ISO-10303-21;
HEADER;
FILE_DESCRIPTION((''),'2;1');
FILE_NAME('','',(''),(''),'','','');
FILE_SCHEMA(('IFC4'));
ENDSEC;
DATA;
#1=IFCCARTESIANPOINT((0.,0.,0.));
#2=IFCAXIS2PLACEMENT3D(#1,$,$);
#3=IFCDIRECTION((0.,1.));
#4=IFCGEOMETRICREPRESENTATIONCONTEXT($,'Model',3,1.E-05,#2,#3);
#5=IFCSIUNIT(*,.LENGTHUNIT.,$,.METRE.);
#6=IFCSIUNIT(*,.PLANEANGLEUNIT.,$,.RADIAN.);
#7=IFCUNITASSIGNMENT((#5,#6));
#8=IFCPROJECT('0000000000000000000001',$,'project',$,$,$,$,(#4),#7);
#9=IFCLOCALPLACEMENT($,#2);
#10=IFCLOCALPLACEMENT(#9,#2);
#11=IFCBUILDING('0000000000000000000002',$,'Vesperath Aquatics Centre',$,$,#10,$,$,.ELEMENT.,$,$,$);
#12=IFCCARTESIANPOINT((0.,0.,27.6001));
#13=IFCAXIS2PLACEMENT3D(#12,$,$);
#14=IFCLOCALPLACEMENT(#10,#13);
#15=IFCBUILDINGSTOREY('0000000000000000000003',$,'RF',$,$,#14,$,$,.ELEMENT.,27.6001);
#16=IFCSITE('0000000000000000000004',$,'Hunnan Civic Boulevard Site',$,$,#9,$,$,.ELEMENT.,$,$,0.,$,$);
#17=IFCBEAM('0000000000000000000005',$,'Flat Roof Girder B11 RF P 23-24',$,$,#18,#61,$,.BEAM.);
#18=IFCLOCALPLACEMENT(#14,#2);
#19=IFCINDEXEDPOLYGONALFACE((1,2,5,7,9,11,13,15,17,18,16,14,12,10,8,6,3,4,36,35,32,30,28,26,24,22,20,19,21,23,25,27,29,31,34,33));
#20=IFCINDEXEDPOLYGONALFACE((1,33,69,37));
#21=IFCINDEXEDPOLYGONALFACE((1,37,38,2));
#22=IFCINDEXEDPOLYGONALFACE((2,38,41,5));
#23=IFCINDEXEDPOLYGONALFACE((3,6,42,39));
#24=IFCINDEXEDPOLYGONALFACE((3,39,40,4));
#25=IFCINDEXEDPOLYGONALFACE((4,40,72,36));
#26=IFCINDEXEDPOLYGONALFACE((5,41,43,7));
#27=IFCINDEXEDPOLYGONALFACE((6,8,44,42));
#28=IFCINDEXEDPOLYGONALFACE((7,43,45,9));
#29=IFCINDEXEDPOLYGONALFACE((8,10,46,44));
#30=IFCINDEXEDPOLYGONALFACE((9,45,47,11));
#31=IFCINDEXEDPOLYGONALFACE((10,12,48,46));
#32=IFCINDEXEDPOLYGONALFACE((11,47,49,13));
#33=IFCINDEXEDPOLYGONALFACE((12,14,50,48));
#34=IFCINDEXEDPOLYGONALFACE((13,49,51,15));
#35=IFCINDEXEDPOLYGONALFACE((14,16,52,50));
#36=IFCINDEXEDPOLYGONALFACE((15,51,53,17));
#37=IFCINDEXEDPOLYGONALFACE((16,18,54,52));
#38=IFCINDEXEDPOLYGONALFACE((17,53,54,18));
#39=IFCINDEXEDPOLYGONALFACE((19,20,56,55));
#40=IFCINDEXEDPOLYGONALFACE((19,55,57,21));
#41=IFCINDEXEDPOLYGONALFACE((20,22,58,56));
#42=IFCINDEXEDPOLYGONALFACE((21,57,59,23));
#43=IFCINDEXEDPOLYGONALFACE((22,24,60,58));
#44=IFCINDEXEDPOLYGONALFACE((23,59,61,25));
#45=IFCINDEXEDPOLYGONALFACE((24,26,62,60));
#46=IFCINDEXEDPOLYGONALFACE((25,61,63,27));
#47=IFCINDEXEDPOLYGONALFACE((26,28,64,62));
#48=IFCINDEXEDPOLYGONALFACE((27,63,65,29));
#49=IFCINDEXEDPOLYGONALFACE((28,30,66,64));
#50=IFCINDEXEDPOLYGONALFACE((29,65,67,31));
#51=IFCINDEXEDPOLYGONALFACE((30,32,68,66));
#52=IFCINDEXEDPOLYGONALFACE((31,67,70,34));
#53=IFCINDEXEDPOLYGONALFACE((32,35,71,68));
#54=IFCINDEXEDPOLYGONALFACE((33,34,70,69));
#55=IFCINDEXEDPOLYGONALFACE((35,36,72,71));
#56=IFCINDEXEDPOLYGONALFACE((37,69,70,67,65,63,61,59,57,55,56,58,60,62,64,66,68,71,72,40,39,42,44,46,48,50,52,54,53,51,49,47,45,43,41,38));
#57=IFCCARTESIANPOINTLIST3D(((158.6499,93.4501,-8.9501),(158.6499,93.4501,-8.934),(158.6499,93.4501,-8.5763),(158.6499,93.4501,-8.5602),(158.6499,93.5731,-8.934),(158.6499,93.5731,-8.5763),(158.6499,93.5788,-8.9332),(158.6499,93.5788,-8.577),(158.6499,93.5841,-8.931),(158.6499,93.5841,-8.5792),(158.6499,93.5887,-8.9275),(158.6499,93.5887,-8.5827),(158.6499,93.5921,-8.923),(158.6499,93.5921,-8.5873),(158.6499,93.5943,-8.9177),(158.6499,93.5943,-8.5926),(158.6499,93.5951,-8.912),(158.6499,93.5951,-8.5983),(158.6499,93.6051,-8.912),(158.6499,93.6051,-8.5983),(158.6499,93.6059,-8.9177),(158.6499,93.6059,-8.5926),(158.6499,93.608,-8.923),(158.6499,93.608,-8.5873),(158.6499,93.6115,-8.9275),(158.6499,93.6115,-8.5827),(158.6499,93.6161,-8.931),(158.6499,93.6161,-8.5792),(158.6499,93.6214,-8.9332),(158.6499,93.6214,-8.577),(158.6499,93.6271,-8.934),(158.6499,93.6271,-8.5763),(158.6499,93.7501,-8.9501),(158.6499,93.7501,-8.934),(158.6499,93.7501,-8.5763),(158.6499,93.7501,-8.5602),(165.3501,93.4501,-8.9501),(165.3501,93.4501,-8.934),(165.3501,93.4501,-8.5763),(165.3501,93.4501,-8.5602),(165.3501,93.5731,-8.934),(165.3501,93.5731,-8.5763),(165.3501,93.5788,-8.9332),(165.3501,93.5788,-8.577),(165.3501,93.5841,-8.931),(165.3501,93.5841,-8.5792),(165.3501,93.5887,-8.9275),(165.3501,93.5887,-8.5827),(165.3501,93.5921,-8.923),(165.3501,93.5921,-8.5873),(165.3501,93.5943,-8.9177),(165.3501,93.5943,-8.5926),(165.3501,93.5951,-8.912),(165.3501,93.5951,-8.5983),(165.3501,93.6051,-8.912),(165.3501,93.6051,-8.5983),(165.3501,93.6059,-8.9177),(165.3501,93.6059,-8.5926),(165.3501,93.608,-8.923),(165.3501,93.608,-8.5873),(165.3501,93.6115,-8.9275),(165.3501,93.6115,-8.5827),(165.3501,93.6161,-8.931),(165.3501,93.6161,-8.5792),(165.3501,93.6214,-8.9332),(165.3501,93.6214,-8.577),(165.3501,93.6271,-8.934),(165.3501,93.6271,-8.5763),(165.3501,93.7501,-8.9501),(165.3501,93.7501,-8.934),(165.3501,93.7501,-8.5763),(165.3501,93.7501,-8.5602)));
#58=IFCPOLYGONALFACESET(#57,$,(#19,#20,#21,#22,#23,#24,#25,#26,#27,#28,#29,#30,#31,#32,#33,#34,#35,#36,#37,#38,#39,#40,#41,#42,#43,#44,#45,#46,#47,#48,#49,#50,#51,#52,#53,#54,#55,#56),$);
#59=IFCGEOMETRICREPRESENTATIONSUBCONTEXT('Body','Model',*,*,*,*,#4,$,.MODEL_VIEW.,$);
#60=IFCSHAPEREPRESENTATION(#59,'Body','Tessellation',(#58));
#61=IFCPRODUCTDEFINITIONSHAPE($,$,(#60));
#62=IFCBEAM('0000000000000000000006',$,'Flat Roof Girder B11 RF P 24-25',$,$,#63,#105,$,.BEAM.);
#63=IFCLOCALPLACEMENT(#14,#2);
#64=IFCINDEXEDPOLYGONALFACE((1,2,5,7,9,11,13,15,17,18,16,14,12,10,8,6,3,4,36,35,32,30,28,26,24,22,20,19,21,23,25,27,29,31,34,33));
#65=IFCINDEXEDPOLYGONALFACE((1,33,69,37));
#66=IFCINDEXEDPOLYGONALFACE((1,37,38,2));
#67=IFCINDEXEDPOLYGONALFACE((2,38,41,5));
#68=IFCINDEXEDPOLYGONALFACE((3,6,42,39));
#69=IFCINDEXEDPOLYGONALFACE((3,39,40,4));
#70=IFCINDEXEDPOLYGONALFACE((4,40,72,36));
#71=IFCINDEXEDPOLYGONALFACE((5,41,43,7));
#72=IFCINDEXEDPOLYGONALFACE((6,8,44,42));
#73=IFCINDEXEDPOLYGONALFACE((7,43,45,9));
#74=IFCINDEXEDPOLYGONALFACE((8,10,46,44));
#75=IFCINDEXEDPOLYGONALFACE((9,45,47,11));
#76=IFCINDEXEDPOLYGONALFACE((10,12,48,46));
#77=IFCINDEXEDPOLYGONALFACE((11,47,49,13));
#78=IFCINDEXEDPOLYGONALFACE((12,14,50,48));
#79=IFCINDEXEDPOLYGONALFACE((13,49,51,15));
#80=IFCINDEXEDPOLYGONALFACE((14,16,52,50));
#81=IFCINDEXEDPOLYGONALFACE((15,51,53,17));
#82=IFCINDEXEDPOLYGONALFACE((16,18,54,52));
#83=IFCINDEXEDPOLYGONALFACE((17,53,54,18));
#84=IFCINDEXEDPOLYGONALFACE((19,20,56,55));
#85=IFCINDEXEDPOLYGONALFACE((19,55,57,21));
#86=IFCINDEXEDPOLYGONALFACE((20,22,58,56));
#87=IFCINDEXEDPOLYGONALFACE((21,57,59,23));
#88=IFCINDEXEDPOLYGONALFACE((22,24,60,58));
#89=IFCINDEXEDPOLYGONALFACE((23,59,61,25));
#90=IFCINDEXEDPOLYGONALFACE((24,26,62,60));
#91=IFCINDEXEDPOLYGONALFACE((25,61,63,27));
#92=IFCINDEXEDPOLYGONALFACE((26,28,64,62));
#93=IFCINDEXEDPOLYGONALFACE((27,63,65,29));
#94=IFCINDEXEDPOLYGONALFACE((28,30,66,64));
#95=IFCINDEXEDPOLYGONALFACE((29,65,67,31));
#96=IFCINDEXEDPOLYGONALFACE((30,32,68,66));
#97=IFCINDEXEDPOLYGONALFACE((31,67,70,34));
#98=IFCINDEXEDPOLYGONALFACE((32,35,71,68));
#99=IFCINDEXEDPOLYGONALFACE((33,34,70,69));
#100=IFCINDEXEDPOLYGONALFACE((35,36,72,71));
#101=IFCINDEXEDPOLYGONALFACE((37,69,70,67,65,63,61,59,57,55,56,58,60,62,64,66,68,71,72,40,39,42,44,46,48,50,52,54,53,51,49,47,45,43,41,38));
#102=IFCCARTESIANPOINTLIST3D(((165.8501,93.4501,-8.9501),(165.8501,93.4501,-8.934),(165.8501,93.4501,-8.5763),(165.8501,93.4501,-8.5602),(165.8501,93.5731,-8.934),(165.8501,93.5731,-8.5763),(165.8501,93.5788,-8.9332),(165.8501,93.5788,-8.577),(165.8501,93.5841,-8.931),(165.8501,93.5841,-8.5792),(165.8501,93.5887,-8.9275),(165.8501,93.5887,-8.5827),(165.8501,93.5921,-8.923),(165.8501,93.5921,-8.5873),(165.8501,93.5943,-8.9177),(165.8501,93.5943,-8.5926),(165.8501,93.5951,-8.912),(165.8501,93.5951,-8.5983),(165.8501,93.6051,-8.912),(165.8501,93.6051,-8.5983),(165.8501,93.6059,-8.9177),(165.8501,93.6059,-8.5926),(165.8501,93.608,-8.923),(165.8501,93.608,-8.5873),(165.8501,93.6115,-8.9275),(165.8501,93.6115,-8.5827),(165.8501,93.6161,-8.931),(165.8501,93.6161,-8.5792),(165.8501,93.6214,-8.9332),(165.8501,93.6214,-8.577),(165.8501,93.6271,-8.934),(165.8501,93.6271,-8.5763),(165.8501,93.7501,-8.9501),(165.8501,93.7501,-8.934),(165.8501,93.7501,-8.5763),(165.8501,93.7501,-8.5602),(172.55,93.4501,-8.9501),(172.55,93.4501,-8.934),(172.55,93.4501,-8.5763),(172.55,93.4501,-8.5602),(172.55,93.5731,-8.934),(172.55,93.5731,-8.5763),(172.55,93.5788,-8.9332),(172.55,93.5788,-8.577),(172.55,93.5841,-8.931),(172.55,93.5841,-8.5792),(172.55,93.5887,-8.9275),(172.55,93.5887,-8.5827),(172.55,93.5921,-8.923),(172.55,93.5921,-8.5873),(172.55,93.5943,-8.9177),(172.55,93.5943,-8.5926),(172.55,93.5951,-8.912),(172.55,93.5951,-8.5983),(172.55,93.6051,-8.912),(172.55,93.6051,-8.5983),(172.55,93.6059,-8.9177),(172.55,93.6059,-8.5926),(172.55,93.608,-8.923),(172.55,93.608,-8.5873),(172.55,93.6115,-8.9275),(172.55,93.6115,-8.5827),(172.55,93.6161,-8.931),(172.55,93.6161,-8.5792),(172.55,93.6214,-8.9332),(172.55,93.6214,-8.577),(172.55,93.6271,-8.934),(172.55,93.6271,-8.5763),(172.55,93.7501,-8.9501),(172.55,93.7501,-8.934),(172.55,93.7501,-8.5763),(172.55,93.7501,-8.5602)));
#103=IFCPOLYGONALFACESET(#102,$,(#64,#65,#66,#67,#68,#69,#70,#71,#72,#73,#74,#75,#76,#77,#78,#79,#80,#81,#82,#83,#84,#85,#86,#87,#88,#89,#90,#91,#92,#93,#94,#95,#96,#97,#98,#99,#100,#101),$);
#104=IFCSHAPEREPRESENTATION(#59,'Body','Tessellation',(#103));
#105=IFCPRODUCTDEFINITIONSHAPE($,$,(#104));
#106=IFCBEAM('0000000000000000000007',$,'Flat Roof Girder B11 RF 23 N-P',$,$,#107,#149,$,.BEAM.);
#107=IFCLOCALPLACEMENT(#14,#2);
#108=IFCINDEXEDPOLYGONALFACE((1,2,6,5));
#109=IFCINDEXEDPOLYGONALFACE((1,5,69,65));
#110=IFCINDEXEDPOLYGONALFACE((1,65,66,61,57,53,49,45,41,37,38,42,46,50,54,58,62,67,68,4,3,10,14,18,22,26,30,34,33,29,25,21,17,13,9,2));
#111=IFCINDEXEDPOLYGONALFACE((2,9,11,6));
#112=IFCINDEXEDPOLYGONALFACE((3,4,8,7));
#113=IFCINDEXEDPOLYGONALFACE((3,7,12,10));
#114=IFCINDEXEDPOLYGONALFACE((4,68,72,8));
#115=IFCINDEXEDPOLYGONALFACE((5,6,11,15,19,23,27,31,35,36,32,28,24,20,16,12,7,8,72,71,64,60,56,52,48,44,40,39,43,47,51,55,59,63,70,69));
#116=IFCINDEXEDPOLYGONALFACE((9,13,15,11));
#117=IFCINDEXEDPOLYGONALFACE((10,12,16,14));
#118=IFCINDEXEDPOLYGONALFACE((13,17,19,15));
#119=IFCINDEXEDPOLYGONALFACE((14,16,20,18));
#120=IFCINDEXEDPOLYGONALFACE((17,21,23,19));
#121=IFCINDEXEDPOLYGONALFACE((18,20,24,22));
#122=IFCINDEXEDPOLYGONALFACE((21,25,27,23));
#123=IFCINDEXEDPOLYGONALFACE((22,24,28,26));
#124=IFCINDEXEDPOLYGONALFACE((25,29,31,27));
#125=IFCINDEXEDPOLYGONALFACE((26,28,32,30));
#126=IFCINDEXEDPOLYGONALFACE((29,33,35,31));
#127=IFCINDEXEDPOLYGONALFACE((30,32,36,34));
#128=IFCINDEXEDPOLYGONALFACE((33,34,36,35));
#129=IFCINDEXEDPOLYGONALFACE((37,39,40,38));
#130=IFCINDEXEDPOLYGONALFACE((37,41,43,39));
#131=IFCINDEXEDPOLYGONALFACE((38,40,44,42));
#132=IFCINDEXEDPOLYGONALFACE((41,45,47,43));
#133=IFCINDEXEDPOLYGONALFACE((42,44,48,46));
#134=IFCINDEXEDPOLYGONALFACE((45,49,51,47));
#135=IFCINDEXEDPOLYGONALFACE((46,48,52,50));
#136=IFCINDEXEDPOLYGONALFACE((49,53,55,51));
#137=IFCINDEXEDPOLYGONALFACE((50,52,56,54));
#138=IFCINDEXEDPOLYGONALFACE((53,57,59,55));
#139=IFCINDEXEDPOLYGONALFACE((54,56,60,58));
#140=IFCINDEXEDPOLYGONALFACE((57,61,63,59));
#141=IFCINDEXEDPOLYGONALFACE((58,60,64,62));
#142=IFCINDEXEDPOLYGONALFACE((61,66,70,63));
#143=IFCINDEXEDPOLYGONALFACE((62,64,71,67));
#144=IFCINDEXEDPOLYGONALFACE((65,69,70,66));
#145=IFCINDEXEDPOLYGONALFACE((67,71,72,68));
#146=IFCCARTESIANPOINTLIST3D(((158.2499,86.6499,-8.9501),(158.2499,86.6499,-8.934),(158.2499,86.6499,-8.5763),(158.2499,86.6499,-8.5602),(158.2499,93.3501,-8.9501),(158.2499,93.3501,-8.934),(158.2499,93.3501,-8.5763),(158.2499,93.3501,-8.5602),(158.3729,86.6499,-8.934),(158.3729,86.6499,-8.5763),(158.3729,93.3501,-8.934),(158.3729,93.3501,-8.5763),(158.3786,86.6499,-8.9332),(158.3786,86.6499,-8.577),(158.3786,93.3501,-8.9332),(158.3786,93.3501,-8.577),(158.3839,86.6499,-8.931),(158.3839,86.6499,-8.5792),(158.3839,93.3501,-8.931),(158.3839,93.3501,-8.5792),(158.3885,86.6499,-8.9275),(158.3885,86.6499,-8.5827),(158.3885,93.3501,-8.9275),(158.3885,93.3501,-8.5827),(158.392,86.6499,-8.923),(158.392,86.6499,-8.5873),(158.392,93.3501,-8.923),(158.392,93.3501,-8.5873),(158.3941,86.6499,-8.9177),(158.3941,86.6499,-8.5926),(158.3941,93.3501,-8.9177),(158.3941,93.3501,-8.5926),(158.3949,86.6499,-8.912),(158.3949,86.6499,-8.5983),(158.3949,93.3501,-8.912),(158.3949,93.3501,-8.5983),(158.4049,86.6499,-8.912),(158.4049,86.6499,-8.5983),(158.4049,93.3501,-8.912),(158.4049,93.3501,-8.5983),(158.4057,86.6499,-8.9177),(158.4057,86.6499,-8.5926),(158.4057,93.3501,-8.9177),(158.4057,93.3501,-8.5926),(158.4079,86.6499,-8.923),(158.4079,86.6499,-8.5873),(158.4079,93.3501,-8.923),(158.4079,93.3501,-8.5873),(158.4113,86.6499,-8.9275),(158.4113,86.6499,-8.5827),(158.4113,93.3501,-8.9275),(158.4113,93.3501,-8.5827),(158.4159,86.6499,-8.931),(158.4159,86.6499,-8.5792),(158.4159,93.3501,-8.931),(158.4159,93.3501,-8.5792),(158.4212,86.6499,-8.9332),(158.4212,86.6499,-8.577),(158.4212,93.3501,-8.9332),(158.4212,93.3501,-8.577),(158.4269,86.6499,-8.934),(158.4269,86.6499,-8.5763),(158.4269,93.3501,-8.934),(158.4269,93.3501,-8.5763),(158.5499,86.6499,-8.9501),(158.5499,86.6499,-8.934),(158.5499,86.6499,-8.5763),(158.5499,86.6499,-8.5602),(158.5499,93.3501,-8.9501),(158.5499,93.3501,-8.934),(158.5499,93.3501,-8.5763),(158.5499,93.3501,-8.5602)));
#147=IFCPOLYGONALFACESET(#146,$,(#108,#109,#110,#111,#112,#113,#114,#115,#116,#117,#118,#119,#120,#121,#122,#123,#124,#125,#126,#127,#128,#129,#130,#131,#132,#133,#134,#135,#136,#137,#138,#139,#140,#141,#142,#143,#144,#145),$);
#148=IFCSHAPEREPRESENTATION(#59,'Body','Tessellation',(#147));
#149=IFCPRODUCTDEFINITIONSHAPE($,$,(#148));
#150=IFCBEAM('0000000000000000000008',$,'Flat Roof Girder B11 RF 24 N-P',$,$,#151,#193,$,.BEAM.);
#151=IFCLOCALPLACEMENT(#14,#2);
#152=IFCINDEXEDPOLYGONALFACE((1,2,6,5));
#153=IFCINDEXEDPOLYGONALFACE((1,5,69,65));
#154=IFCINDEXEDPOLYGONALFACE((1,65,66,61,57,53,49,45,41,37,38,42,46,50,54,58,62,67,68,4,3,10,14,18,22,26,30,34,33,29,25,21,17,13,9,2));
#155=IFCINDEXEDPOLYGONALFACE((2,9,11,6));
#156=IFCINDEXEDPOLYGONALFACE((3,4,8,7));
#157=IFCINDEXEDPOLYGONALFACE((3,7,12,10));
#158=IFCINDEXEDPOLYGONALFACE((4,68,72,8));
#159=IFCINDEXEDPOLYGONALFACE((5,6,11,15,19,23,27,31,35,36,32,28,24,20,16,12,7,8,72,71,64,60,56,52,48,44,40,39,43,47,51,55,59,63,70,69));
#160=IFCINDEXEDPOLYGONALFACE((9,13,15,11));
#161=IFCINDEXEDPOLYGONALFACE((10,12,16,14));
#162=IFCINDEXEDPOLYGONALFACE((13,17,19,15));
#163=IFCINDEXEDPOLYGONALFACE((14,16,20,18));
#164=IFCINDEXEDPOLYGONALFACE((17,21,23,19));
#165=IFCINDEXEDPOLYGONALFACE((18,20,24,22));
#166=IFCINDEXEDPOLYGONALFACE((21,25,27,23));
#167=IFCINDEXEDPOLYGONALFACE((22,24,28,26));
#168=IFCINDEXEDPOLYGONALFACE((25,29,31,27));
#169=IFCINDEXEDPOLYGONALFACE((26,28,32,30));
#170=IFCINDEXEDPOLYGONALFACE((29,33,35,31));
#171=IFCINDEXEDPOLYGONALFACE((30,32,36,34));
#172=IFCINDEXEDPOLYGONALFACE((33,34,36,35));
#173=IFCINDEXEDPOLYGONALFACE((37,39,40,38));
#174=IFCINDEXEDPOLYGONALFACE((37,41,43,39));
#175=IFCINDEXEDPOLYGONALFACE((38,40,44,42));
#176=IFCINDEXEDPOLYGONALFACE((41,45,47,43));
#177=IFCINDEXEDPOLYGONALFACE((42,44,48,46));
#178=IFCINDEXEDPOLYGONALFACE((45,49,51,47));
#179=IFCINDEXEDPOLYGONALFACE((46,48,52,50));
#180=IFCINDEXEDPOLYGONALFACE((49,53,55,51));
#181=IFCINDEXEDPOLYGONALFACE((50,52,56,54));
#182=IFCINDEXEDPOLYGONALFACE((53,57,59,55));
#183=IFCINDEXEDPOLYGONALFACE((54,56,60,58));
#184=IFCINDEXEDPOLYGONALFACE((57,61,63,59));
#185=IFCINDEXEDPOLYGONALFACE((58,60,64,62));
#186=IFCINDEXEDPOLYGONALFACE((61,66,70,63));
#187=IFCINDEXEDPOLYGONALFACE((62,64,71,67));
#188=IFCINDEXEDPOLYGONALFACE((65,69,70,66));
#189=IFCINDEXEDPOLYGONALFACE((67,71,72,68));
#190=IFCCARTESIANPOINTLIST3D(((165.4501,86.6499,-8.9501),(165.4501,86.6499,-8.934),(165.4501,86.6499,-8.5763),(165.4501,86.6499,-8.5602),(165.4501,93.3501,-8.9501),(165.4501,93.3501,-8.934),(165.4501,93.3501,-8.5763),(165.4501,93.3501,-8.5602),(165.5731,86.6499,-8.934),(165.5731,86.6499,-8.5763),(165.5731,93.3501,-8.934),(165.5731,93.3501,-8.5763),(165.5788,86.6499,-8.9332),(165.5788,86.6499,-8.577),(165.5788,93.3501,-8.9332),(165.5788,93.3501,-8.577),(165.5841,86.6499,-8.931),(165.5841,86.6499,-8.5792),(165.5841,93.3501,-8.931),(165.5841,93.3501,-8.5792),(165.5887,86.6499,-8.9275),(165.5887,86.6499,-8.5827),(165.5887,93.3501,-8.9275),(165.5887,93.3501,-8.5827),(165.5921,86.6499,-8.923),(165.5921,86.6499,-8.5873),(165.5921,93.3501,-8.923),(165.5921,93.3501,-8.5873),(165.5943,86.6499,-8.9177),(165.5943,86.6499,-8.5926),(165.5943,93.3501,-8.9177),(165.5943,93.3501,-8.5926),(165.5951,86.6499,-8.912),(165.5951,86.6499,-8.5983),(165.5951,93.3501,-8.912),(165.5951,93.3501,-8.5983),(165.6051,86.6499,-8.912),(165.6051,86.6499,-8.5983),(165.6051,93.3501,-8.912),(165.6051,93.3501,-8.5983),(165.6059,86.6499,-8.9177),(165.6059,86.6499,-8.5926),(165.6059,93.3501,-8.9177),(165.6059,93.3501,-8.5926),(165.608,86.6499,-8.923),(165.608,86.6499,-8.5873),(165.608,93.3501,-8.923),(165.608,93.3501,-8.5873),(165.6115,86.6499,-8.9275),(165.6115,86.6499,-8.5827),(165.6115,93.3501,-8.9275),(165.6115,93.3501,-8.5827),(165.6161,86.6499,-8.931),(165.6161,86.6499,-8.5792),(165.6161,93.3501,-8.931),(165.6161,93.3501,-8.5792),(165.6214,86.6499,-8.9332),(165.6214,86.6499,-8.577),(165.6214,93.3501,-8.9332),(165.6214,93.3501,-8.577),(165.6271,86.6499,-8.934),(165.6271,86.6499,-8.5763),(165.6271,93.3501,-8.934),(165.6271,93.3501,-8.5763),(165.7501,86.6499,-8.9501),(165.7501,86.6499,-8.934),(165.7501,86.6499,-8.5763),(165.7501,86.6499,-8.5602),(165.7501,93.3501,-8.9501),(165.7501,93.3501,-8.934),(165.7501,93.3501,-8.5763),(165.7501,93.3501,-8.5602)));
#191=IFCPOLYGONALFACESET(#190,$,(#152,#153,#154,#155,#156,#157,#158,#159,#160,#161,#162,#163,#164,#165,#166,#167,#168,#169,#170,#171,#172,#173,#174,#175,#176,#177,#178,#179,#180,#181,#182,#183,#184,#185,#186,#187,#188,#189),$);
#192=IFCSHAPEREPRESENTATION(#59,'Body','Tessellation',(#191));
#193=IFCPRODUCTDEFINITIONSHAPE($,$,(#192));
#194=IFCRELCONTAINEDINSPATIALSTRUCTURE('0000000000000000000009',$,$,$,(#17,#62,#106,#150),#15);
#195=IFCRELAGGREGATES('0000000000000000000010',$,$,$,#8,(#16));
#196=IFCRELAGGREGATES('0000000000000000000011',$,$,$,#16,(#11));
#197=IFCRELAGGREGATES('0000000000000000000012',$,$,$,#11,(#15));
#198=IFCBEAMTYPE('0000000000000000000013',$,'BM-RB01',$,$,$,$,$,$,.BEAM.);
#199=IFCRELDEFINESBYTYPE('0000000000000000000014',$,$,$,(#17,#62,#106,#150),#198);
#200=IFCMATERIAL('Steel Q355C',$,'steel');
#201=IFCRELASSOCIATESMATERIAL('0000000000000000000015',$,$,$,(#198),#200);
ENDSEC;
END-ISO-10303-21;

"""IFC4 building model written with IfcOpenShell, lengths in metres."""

from ifc_helpers import new_model, si_unit, direction, frame, origin, origin_2d, place, context, subcontext, project, spatial, i_section, extrude, material, material_profile, profile_set, type_object, element, save


model = new_model("IFC4")

# Units and contexts
model_context = context("Model", 3, precision=1e-05, world=origin(), true_north=direction((0.0, 1.0)))
body_context = subcontext(model_context, "Body", "Model", "MODEL_VIEW")
ifc_project = project(units=[si_unit("LENGTHUNIT", "METRE"), si_unit("PLANEANGLEUNIT", "RADIAN")], contexts=[model_context])

# Site, building, storey
site_placement = place(None, origin())
site = spatial("IfcSite", under=ifc_project, at=site_placement, Name="Hunnan Civic Boulevard Site", CompositionType="ELEMENT", RefElevation=0.0)
building_placement = place(site_placement, origin())
building = spatial("IfcBuilding", under=site, at=building_placement, Name="Vesperath Aquatics Centre", CompositionType="ELEMENT")
storey_placement = place(building_placement, frame((0.0, 0.0, 27.6001)))
storey = spatial("IfcBuildingStorey", under=building, at=storey_placement, Name="RF", CompositionType="ELEMENT", Elevation=27.6001)

# Beams
ifc_material_1 = material(Name="Steel Q355C", Category="steel")
ifc_material_profile_1 = material_profile(ifc_material_1, i_section(OverallWidth=0.3, OverallDepth=0.3899, WebThickness=0.01, FlangeThickness=0.0161, FilletRadius=0.022, at=origin_2d()), Name="HM 390x300x10x16")
ifc_profile_set_1 = profile_set([ifc_material_profile_1], Name="Steel Q355C")
beam_type = type_object("IfcBeamType", Name="BM-RB01", PredefinedType="BEAM", material=ifc_profile_set_1)
beam_1_placement = place(storey_placement, frame((158.6499, 93.6001, -8.7551), z_axis=(1.0, 0.0, 0.0), x_axis=(0.0, 1.0, 0.0)))
element("IfcBeam", 1, at=beam_1_placement, inside=storey, type_object=beam_type, Name="Flat Roof Girder B11 RF P 23-24", PredefinedType="BEAM", context=body_context, shape_type="SweptSolid", body=[
    extrude(i_section(OverallWidth=0.3, OverallDepth=0.3899, WebThickness=0.01, FlangeThickness=0.0161, FilletRadius=0.022, at=origin_2d()), origin(), (0.0, 0.0, 1.0), 6.7002),
])
beam_2_placement = place(storey_placement, frame((165.8501, 93.6001, -8.7551), z_axis=(1.0, 0.0, 0.0), x_axis=(0.0, 1.0, 0.0)))
element("IfcBeam", 2, at=beam_2_placement, inside=storey, type_object=beam_type, Name="Flat Roof Girder B11 RF P 24-25", PredefinedType="BEAM", context=body_context, shape_type="SweptSolid", body=[
    extrude(i_section(OverallWidth=0.3, OverallDepth=0.3899, WebThickness=0.01, FlangeThickness=0.0161, FilletRadius=0.022, at=origin_2d()), origin(), (0.0, 0.0, 1.0), 6.7),
])
for number, where, z_axis, x_axis, name in (
    (3, (158.3999, 86.6499, -8.7551), (0.0, 1.0, 0.0), (-1.0, 0.0, 0.0), "Flat Roof Girder B11 RF 23 N-P"),
    (4, (165.6001, 86.6499, -8.7551), (0.0, 1.0, 0.0), (-1.0, 0.0, 0.0), "Flat Roof Girder B11 RF 24 N-P"),
):
    element("IfcBeam", number, at=place(storey_placement, frame(where, z_axis=z_axis, x_axis=x_axis)), inside=storey, type_object=beam_type, Name=name, PredefinedType="BEAM", context=body_context, shape_type="SweptSolid", body=[
        extrude(i_section(OverallWidth=0.3, OverallDepth=0.3899, WebThickness=0.01, FlangeThickness=0.0161, FilletRadius=0.022, at=origin_2d()), origin(), (0.0, 0.0, 1.0), 6.7002),
    ])

save(model, "model.ifc")
